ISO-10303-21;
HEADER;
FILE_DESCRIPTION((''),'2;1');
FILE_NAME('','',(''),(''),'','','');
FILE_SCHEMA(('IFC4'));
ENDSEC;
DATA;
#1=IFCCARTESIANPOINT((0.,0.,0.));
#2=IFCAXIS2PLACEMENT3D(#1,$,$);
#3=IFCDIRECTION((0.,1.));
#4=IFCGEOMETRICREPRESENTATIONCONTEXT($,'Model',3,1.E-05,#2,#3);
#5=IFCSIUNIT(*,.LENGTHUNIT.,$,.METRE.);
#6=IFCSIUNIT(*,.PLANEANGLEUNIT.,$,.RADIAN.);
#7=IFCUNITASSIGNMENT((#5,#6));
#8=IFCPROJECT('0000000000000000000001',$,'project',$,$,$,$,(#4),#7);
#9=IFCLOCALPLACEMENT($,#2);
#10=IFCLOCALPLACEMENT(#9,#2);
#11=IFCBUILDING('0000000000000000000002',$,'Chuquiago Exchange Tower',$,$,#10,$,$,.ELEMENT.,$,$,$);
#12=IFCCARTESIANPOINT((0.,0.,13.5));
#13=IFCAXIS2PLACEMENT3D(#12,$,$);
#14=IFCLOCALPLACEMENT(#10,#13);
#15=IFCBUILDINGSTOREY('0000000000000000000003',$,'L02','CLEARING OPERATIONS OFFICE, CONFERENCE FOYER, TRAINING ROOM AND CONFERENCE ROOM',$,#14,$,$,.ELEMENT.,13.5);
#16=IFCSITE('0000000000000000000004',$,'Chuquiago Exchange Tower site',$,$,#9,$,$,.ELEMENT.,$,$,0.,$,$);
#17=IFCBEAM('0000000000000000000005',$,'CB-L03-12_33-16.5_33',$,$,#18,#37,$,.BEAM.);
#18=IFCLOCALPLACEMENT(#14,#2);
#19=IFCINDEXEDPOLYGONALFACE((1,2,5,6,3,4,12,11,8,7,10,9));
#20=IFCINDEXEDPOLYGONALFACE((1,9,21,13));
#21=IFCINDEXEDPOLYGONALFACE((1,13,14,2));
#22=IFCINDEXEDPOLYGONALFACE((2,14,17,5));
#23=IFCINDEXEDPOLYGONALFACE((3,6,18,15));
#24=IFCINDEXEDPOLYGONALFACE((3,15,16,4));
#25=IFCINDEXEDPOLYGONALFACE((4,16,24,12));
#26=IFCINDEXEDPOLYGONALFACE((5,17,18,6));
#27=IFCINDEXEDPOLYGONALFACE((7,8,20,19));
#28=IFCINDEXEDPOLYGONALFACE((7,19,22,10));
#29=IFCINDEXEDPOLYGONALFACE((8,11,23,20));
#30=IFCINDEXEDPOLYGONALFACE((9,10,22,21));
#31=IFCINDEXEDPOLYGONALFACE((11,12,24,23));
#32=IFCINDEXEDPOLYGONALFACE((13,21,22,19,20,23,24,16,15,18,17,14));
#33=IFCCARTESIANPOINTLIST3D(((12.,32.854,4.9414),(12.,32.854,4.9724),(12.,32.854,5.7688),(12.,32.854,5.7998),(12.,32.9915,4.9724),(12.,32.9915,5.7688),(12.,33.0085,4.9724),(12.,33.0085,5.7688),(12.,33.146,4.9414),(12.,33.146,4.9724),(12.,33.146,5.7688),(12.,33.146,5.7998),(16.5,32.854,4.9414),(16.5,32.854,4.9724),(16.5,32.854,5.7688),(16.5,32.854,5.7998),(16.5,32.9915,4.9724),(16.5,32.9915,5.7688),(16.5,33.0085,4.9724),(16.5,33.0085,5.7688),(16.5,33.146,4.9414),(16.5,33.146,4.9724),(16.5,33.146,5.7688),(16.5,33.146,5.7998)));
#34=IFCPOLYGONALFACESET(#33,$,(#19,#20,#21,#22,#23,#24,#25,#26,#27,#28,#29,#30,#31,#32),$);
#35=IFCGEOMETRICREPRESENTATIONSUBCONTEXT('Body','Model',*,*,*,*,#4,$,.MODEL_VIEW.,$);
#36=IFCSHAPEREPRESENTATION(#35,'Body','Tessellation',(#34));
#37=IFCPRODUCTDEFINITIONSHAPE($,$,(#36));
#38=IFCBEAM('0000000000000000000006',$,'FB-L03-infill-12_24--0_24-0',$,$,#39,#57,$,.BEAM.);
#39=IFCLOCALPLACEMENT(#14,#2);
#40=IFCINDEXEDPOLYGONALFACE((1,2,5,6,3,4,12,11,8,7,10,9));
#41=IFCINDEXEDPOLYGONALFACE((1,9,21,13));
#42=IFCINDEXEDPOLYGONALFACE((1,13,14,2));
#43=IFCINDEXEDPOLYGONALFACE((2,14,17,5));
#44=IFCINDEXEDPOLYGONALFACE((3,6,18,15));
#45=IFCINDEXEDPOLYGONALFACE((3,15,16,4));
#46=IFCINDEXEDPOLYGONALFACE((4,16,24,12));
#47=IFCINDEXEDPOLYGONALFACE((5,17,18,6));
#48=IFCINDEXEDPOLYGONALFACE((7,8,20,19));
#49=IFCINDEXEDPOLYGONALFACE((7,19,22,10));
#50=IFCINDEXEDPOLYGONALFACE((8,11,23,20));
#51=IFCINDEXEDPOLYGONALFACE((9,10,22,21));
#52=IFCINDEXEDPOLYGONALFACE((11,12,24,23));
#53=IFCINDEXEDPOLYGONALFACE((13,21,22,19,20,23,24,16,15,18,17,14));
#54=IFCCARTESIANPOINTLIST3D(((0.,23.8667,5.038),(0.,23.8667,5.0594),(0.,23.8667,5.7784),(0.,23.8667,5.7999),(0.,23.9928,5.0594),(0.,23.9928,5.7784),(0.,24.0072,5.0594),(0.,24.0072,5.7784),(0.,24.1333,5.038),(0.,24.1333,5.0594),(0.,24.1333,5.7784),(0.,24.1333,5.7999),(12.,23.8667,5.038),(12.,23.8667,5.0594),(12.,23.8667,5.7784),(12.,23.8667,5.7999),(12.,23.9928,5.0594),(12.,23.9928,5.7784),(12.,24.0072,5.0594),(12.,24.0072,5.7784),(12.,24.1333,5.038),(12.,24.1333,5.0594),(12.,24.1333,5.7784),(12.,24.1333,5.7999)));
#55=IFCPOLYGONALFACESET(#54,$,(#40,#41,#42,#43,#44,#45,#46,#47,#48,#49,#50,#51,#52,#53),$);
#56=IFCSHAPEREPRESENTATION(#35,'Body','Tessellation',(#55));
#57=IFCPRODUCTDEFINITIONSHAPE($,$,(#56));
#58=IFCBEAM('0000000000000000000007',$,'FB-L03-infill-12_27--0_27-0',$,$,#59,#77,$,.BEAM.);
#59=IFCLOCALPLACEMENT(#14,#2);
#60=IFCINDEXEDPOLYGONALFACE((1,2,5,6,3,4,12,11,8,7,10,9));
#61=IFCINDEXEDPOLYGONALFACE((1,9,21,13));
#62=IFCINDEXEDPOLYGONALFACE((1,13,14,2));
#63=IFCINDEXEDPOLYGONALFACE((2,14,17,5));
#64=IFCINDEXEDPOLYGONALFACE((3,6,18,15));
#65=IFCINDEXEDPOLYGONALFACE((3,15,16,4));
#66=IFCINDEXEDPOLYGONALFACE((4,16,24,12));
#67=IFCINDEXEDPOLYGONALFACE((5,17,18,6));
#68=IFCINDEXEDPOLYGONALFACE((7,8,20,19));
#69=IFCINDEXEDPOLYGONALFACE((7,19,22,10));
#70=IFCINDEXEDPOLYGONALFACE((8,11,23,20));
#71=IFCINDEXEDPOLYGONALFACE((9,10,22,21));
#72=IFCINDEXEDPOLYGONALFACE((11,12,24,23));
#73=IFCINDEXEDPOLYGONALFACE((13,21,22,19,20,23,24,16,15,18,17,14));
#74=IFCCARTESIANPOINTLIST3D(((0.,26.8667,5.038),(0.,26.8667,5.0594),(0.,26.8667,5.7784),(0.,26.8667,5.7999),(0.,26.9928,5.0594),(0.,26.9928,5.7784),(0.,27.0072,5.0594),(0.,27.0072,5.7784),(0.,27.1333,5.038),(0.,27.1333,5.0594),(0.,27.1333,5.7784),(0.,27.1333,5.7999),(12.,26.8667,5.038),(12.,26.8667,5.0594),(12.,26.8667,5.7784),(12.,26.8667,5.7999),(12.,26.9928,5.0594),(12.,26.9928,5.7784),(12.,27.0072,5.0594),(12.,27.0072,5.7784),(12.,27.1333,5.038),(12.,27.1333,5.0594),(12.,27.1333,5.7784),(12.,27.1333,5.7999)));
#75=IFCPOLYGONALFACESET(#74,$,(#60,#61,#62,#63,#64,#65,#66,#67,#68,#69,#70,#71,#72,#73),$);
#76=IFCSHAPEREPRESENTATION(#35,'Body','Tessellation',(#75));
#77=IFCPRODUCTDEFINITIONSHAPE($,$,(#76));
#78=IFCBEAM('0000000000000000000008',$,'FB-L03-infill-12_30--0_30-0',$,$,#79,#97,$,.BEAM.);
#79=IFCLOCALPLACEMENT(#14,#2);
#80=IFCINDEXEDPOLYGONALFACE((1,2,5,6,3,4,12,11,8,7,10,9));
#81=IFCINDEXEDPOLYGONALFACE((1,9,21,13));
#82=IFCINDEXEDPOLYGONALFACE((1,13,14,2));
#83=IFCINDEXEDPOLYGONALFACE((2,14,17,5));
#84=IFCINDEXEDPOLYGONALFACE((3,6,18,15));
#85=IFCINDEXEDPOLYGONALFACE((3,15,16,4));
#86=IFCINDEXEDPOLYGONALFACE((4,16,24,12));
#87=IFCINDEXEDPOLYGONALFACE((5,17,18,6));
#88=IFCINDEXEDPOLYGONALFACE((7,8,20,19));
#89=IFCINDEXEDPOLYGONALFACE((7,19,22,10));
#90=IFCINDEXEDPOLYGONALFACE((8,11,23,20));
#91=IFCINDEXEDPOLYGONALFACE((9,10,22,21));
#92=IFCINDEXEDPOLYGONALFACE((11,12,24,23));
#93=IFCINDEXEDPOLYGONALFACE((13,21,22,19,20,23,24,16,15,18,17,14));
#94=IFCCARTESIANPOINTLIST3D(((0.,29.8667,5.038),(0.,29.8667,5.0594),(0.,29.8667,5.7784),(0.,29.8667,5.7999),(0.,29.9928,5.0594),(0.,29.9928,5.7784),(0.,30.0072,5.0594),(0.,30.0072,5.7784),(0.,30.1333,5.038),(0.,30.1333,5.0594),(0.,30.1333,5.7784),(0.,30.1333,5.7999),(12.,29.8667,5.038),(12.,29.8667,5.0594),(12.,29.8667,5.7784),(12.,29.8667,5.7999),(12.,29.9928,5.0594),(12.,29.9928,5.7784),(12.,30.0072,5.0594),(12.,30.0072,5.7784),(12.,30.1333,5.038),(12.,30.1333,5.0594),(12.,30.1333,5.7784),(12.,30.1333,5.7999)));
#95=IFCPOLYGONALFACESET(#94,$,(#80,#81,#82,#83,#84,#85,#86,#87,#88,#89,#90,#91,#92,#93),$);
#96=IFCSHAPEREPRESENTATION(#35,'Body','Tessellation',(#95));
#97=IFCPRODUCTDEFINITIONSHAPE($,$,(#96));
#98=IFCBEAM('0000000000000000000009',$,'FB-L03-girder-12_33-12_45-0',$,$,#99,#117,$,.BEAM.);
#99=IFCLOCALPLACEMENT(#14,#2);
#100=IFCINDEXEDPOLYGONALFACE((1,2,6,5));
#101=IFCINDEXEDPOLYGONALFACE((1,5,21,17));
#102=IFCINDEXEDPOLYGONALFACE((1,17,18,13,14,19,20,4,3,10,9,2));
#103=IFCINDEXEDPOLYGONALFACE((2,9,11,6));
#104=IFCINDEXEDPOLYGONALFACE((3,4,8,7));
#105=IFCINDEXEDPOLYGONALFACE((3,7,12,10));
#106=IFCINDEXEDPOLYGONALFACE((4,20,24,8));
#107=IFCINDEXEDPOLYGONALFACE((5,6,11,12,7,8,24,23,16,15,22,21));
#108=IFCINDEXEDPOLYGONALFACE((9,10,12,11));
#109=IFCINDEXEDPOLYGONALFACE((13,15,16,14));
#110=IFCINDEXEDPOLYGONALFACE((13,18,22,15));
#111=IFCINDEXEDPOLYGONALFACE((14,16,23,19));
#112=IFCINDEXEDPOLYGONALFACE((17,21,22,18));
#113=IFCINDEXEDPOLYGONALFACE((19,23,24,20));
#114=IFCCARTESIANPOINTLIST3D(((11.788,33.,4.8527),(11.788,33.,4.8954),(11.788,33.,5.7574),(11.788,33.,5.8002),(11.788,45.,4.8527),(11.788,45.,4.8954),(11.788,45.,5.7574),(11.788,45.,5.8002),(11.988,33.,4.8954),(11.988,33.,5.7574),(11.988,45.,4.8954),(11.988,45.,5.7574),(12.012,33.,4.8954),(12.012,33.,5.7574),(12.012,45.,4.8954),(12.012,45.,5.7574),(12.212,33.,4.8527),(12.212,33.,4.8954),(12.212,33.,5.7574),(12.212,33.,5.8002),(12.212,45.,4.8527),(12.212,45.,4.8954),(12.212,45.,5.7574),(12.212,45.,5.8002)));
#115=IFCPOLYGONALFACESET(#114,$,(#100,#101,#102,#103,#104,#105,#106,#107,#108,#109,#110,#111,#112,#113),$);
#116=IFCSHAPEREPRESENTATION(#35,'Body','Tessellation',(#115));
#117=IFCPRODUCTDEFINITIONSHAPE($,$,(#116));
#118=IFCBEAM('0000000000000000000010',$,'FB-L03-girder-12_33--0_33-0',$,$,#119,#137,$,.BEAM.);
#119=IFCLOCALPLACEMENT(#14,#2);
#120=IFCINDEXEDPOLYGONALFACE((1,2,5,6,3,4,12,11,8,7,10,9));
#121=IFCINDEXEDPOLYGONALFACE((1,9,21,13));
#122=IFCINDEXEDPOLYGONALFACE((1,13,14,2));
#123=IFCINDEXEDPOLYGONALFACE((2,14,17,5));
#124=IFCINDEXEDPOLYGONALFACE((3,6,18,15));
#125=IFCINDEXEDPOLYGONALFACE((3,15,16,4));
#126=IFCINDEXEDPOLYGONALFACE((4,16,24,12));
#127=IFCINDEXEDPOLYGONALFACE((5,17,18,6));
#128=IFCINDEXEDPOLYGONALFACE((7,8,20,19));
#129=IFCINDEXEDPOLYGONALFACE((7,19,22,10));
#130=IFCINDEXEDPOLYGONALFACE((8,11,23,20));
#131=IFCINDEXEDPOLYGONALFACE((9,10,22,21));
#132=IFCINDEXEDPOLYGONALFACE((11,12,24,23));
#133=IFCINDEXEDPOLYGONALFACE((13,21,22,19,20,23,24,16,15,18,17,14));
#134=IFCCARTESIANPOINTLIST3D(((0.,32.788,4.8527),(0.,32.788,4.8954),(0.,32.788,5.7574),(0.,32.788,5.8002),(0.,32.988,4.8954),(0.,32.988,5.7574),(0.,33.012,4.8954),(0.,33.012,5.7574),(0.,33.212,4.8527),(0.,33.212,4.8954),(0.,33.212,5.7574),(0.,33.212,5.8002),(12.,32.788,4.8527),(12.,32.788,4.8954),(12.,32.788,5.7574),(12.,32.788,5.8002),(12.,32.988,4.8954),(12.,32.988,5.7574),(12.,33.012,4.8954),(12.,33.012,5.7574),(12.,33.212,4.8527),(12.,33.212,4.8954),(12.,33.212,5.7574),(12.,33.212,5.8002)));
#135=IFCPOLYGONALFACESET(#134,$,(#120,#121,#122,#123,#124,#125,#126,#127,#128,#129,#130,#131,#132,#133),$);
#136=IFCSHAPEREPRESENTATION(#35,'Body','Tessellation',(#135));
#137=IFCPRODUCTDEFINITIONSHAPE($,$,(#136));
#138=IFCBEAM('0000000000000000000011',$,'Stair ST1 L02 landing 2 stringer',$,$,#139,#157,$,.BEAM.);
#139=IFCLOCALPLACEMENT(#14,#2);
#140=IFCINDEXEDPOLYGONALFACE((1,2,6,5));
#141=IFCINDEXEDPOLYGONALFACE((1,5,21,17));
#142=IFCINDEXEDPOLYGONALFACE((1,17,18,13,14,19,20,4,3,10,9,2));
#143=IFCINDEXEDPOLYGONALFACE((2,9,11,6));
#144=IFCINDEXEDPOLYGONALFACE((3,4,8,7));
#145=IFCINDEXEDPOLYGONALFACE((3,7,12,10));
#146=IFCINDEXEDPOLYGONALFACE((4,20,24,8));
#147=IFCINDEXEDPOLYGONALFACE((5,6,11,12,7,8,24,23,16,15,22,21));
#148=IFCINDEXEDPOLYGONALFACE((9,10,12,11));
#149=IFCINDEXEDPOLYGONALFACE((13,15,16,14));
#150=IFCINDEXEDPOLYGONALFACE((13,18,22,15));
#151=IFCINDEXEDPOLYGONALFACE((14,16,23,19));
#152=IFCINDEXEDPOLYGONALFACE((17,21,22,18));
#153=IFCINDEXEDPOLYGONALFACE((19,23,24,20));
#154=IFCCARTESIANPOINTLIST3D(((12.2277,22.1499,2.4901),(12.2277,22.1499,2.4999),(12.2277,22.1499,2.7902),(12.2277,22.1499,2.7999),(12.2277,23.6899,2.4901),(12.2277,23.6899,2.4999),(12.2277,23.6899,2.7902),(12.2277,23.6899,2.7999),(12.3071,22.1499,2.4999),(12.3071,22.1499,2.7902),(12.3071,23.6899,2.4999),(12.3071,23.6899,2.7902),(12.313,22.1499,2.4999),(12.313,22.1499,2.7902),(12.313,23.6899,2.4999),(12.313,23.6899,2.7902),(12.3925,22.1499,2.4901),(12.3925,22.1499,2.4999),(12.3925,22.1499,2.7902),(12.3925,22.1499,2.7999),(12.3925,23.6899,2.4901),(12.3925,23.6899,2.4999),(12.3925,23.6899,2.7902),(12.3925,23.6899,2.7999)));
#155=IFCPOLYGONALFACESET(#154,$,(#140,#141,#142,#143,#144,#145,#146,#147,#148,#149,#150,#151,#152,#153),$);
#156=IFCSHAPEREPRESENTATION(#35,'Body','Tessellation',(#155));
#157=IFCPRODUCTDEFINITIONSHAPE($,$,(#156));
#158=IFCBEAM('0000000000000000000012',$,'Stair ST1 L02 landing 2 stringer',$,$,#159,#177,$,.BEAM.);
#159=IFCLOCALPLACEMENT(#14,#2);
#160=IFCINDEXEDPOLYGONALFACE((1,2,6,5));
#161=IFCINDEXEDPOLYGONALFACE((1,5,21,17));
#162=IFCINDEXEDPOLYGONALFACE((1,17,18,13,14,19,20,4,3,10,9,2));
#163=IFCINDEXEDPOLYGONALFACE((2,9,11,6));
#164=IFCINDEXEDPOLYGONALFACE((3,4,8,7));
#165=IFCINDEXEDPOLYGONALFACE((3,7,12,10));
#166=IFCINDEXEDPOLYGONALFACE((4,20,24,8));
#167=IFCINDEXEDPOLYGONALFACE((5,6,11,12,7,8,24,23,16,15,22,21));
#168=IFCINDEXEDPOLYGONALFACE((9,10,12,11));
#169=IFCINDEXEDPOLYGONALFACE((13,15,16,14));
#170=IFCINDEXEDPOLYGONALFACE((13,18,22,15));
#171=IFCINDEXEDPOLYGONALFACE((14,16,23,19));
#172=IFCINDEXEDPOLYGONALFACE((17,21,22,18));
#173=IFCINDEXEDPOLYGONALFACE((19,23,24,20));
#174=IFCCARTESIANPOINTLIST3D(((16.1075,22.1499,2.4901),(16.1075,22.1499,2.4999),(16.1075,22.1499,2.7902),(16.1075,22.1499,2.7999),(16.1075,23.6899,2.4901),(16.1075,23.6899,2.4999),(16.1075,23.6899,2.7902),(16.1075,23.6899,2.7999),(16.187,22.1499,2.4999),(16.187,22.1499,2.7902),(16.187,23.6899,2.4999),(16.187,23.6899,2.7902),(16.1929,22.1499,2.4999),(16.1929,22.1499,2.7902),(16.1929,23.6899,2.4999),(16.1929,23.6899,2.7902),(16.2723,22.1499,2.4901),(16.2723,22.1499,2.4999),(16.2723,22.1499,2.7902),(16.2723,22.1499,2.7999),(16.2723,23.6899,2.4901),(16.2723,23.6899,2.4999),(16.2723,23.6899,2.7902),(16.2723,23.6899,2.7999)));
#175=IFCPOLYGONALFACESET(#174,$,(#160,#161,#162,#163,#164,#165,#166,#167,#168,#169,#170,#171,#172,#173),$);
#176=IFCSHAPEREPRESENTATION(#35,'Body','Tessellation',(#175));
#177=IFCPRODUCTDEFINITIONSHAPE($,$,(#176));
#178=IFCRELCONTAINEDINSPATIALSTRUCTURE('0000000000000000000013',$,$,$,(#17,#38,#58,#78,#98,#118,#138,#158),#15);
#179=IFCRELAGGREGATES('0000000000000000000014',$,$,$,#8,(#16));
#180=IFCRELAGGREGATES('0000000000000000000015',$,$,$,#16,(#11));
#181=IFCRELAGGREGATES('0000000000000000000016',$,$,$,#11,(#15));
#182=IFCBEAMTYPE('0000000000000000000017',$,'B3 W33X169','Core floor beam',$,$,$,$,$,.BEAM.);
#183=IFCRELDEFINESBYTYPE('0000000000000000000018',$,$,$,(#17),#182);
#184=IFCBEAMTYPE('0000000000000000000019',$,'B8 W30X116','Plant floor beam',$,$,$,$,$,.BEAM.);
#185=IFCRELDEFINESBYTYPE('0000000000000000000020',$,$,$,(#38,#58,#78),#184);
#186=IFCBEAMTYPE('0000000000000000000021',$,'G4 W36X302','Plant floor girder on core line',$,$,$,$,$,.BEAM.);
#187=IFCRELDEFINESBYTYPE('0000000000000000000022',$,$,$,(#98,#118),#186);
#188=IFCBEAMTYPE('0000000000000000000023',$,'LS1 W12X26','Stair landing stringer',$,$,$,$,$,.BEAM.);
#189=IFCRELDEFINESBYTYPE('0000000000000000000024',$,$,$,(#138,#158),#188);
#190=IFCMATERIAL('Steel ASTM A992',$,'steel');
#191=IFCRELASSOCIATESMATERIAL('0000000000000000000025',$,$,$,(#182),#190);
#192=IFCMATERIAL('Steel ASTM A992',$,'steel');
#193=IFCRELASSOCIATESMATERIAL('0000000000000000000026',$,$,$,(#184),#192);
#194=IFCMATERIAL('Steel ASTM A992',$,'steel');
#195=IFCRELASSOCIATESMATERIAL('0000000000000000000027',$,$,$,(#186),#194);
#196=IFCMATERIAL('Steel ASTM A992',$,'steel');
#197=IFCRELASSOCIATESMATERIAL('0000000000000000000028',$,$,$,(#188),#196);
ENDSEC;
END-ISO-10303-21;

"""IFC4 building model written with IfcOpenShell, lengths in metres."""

from ifc_helpers import new_model, si_unit, direction, frame, origin, origin_2d, place, context, subcontext, project, spatial, i_section, extrude, material, material_profile, profile_set, type_object, element, save


model = new_model("IFC4")

# Units and contexts
model_context = context("Model", 3, precision=1e-05, world=origin(), true_north=direction((0.0, 1.0)))
body_context = subcontext(model_context, "Body", "Model", "MODEL_VIEW")
ifc_project = project(units=[si_unit("LENGTHUNIT", "METRE"), si_unit("PLANEANGLEUNIT", "RADIAN")], contexts=[model_context])

# Site, building, storey
site_placement = place(None, origin())
site = spatial("IfcSite", under=ifc_project, at=site_placement, Name="Chuquiago Exchange Tower site", CompositionType="ELEMENT", RefElevation=0.0)
building_placement = place(site_placement, origin())
building = spatial("IfcBuilding", under=site, at=building_placement, Name="Chuquiago Exchange Tower", CompositionType="ELEMENT")
storey_placement = place(building_placement, frame((0.0, 0.0, 13.5)))
storey = spatial("IfcBuildingStorey", under=building, at=storey_placement, Name="L02", Description="CLEARING OPERATIONS OFFICE, CONFERENCE FOYER, TRAINING ROOM AND CONFERENCE ROOM", CompositionType="ELEMENT", Elevation=13.5)

# Beams
ifc_material_1 = material(Name="Steel ASTM A992", Category="steel")
ifc_material_profile_1 = material_profile(ifc_material_1, i_section(OverallWidth=0.292, OverallDepth=0.8584, WebThickness=0.0171, FlangeThickness=0.031, at=origin_2d()), Name="W33X169")
ifc_profile_set_1 = profile_set([ifc_material_profile_1], Name="Steel ASTM A992")
beam_type_1 = type_object("IfcBeamType", Name="B3 W33X169", Description="Core floor beam", PredefinedType="BEAM", material=ifc_profile_set_1)
for number, where, z_axis, x_axis, name in (
    (1, (12.0, 33.0, 5.3706), (1.0, 0.0, 0.0), (0.0, 1.0, 0.0), "CB-L03-12_33-16.5_33"),
):
    element("IfcBeam", number, at=place(storey_placement, frame(where, z_axis=z_axis, x_axis=x_axis)), inside=storey, type_object=beam_type_1, Name=name, PredefinedType="BEAM", context=body_context, shape_type="SweptSolid", body=[
        extrude(i_section(OverallWidth=0.292, OverallDepth=0.8584, WebThickness=0.0171, FlangeThickness=0.031, at=origin_2d()), origin(), (0.0, 0.0, 1.0), 4.5),
    ])
ifc_material_2 = material(Name="Steel ASTM A992", Category="steel")
ifc_material_profile_2 = material_profile(ifc_material_2, i_section(OverallWidth=0.2666, OverallDepth=0.762, WebThickness=0.0144, FlangeThickness=0.0215, at=origin_2d()), Name="W30X116")
ifc_profile_set_2 = profile_set([ifc_material_profile_2], Name="Steel ASTM A992")
beam_type_2 = type_object("IfcBeamType", Name="B8 W30X116", Description="Plant floor beam", PredefinedType="BEAM", material=ifc_profile_set_2)
for number, where, z_axis, x_axis, name in (
    (2, (12.0, 24.0, 5.4189), (-1.0, 0.0, 0.0), (0.0, -1.0, 0.0), "FB-L03-infill-12_24--0_24-0"),
    (3, (12.0, 27.0, 5.4189), (-1.0, 0.0, 0.0), (0.0, -1.0, 0.0), "FB-L03-infill-12_27--0_27-0"),
    (4, (12.0, 30.0, 5.4189), (-1.0, 0.0, 0.0), (0.0, -1.0, 0.0), "FB-L03-infill-12_30--0_30-0"),
):
    element("IfcBeam", number, at=place(storey_placement, frame(where, z_axis=z_axis, x_axis=x_axis)), inside=storey, type_object=beam_type_2, Name=name, PredefinedType="BEAM", context=body_context, shape_type="SweptSolid", body=[
        extrude(i_section(OverallWidth=0.2666, OverallDepth=0.762, WebThickness=0.0144, FlangeThickness=0.0215, at=origin_2d()), origin(), (0.0, 0.0, 1.0), 12.0),
    ])
ifc_material_3 = material(Name="Steel ASTM A992", Category="steel")
ifc_material_profile_3 = material_profile(ifc_material_3, i_section(OverallWidth=0.4241, OverallDepth=0.9475, WebThickness=0.0239, FlangeThickness=0.0427, at=origin_2d()), Name="W36X302")
ifc_profile_set_3 = profile_set([ifc_material_profile_3], Name="Steel ASTM A992")
beam_type_3 = type_object("IfcBeamType", Name="G4 W36X302", Description="Plant floor girder on core line", PredefinedType="BEAM", material=ifc_profile_set_3)
for number, where, z_axis, x_axis, name in (
    (5, (12.0, 33.0, 5.3264), (0.0, 1.0, 0.0), (-1.0, 0.0, 0.0), "FB-L03-girder-12_33-12_45-0"),
    (6, (12.0, 33.0, 5.3264), (-1.0, 0.0, 0.0), (0.0, -1.0, 0.0), "FB-L03-girder-12_33--0_33-0"),
):
    element("IfcBeam", number, at=place(storey_placement, frame(where, z_axis=z_axis, x_axis=x_axis)), inside=storey, type_object=beam_type_3, Name=name, PredefinedType="BEAM", context=body_context, shape_type="SweptSolid", body=[
        extrude(i_section(OverallWidth=0.4241, OverallDepth=0.9475, WebThickness=0.0239, FlangeThickness=0.0427, at=origin_2d()), origin(), (0.0, 0.0, 1.0), 12.0),
    ])
ifc_material_4 = material(Name="Steel ASTM A992", Category="steel")
ifc_material_profile_4 = material_profile(ifc_material_4, i_section(OverallWidth=0.1648, OverallDepth=0.3098, WebThickness=0.0059, FlangeThickness=0.0098, at=origin_2d()), Name="W12X26")
ifc_profile_set_4 = profile_set([ifc_material_profile_4], Name="Steel ASTM A992")
beam_type_4 = type_object("IfcBeamType", Name="LS1 W12X26", Description="Stair landing stringer", PredefinedType="BEAM", material=ifc_profile_set_4)
for number, where, z_axis, x_axis, name in (
    (7, (12.3101, 22.1499, 2.645), (0.0, 1.0, 0.0), (-1.0, 0.0, 0.0), "Stair ST1 L02 landing 2 stringer"),
    (8, (16.1899, 22.1499, 2.645), (0.0, 1.0, 0.0), (-1.0, 0.0, 0.0), "Stair ST1 L02 landing 2 stringer"),
):
    element("IfcBeam", number, at=place(storey_placement, frame(where, z_axis=z_axis, x_axis=x_axis)), inside=storey, type_object=beam_type_4, Name=name, PredefinedType="BEAM", context=body_context, shape_type="SweptSolid", body=[
        extrude(i_section(OverallWidth=0.1648, OverallDepth=0.3098, WebThickness=0.0059, FlangeThickness=0.0098, at=origin_2d()), origin(), (0.0, 0.0, 1.0), 1.54),
    ])

save(model, "model.ifc")
